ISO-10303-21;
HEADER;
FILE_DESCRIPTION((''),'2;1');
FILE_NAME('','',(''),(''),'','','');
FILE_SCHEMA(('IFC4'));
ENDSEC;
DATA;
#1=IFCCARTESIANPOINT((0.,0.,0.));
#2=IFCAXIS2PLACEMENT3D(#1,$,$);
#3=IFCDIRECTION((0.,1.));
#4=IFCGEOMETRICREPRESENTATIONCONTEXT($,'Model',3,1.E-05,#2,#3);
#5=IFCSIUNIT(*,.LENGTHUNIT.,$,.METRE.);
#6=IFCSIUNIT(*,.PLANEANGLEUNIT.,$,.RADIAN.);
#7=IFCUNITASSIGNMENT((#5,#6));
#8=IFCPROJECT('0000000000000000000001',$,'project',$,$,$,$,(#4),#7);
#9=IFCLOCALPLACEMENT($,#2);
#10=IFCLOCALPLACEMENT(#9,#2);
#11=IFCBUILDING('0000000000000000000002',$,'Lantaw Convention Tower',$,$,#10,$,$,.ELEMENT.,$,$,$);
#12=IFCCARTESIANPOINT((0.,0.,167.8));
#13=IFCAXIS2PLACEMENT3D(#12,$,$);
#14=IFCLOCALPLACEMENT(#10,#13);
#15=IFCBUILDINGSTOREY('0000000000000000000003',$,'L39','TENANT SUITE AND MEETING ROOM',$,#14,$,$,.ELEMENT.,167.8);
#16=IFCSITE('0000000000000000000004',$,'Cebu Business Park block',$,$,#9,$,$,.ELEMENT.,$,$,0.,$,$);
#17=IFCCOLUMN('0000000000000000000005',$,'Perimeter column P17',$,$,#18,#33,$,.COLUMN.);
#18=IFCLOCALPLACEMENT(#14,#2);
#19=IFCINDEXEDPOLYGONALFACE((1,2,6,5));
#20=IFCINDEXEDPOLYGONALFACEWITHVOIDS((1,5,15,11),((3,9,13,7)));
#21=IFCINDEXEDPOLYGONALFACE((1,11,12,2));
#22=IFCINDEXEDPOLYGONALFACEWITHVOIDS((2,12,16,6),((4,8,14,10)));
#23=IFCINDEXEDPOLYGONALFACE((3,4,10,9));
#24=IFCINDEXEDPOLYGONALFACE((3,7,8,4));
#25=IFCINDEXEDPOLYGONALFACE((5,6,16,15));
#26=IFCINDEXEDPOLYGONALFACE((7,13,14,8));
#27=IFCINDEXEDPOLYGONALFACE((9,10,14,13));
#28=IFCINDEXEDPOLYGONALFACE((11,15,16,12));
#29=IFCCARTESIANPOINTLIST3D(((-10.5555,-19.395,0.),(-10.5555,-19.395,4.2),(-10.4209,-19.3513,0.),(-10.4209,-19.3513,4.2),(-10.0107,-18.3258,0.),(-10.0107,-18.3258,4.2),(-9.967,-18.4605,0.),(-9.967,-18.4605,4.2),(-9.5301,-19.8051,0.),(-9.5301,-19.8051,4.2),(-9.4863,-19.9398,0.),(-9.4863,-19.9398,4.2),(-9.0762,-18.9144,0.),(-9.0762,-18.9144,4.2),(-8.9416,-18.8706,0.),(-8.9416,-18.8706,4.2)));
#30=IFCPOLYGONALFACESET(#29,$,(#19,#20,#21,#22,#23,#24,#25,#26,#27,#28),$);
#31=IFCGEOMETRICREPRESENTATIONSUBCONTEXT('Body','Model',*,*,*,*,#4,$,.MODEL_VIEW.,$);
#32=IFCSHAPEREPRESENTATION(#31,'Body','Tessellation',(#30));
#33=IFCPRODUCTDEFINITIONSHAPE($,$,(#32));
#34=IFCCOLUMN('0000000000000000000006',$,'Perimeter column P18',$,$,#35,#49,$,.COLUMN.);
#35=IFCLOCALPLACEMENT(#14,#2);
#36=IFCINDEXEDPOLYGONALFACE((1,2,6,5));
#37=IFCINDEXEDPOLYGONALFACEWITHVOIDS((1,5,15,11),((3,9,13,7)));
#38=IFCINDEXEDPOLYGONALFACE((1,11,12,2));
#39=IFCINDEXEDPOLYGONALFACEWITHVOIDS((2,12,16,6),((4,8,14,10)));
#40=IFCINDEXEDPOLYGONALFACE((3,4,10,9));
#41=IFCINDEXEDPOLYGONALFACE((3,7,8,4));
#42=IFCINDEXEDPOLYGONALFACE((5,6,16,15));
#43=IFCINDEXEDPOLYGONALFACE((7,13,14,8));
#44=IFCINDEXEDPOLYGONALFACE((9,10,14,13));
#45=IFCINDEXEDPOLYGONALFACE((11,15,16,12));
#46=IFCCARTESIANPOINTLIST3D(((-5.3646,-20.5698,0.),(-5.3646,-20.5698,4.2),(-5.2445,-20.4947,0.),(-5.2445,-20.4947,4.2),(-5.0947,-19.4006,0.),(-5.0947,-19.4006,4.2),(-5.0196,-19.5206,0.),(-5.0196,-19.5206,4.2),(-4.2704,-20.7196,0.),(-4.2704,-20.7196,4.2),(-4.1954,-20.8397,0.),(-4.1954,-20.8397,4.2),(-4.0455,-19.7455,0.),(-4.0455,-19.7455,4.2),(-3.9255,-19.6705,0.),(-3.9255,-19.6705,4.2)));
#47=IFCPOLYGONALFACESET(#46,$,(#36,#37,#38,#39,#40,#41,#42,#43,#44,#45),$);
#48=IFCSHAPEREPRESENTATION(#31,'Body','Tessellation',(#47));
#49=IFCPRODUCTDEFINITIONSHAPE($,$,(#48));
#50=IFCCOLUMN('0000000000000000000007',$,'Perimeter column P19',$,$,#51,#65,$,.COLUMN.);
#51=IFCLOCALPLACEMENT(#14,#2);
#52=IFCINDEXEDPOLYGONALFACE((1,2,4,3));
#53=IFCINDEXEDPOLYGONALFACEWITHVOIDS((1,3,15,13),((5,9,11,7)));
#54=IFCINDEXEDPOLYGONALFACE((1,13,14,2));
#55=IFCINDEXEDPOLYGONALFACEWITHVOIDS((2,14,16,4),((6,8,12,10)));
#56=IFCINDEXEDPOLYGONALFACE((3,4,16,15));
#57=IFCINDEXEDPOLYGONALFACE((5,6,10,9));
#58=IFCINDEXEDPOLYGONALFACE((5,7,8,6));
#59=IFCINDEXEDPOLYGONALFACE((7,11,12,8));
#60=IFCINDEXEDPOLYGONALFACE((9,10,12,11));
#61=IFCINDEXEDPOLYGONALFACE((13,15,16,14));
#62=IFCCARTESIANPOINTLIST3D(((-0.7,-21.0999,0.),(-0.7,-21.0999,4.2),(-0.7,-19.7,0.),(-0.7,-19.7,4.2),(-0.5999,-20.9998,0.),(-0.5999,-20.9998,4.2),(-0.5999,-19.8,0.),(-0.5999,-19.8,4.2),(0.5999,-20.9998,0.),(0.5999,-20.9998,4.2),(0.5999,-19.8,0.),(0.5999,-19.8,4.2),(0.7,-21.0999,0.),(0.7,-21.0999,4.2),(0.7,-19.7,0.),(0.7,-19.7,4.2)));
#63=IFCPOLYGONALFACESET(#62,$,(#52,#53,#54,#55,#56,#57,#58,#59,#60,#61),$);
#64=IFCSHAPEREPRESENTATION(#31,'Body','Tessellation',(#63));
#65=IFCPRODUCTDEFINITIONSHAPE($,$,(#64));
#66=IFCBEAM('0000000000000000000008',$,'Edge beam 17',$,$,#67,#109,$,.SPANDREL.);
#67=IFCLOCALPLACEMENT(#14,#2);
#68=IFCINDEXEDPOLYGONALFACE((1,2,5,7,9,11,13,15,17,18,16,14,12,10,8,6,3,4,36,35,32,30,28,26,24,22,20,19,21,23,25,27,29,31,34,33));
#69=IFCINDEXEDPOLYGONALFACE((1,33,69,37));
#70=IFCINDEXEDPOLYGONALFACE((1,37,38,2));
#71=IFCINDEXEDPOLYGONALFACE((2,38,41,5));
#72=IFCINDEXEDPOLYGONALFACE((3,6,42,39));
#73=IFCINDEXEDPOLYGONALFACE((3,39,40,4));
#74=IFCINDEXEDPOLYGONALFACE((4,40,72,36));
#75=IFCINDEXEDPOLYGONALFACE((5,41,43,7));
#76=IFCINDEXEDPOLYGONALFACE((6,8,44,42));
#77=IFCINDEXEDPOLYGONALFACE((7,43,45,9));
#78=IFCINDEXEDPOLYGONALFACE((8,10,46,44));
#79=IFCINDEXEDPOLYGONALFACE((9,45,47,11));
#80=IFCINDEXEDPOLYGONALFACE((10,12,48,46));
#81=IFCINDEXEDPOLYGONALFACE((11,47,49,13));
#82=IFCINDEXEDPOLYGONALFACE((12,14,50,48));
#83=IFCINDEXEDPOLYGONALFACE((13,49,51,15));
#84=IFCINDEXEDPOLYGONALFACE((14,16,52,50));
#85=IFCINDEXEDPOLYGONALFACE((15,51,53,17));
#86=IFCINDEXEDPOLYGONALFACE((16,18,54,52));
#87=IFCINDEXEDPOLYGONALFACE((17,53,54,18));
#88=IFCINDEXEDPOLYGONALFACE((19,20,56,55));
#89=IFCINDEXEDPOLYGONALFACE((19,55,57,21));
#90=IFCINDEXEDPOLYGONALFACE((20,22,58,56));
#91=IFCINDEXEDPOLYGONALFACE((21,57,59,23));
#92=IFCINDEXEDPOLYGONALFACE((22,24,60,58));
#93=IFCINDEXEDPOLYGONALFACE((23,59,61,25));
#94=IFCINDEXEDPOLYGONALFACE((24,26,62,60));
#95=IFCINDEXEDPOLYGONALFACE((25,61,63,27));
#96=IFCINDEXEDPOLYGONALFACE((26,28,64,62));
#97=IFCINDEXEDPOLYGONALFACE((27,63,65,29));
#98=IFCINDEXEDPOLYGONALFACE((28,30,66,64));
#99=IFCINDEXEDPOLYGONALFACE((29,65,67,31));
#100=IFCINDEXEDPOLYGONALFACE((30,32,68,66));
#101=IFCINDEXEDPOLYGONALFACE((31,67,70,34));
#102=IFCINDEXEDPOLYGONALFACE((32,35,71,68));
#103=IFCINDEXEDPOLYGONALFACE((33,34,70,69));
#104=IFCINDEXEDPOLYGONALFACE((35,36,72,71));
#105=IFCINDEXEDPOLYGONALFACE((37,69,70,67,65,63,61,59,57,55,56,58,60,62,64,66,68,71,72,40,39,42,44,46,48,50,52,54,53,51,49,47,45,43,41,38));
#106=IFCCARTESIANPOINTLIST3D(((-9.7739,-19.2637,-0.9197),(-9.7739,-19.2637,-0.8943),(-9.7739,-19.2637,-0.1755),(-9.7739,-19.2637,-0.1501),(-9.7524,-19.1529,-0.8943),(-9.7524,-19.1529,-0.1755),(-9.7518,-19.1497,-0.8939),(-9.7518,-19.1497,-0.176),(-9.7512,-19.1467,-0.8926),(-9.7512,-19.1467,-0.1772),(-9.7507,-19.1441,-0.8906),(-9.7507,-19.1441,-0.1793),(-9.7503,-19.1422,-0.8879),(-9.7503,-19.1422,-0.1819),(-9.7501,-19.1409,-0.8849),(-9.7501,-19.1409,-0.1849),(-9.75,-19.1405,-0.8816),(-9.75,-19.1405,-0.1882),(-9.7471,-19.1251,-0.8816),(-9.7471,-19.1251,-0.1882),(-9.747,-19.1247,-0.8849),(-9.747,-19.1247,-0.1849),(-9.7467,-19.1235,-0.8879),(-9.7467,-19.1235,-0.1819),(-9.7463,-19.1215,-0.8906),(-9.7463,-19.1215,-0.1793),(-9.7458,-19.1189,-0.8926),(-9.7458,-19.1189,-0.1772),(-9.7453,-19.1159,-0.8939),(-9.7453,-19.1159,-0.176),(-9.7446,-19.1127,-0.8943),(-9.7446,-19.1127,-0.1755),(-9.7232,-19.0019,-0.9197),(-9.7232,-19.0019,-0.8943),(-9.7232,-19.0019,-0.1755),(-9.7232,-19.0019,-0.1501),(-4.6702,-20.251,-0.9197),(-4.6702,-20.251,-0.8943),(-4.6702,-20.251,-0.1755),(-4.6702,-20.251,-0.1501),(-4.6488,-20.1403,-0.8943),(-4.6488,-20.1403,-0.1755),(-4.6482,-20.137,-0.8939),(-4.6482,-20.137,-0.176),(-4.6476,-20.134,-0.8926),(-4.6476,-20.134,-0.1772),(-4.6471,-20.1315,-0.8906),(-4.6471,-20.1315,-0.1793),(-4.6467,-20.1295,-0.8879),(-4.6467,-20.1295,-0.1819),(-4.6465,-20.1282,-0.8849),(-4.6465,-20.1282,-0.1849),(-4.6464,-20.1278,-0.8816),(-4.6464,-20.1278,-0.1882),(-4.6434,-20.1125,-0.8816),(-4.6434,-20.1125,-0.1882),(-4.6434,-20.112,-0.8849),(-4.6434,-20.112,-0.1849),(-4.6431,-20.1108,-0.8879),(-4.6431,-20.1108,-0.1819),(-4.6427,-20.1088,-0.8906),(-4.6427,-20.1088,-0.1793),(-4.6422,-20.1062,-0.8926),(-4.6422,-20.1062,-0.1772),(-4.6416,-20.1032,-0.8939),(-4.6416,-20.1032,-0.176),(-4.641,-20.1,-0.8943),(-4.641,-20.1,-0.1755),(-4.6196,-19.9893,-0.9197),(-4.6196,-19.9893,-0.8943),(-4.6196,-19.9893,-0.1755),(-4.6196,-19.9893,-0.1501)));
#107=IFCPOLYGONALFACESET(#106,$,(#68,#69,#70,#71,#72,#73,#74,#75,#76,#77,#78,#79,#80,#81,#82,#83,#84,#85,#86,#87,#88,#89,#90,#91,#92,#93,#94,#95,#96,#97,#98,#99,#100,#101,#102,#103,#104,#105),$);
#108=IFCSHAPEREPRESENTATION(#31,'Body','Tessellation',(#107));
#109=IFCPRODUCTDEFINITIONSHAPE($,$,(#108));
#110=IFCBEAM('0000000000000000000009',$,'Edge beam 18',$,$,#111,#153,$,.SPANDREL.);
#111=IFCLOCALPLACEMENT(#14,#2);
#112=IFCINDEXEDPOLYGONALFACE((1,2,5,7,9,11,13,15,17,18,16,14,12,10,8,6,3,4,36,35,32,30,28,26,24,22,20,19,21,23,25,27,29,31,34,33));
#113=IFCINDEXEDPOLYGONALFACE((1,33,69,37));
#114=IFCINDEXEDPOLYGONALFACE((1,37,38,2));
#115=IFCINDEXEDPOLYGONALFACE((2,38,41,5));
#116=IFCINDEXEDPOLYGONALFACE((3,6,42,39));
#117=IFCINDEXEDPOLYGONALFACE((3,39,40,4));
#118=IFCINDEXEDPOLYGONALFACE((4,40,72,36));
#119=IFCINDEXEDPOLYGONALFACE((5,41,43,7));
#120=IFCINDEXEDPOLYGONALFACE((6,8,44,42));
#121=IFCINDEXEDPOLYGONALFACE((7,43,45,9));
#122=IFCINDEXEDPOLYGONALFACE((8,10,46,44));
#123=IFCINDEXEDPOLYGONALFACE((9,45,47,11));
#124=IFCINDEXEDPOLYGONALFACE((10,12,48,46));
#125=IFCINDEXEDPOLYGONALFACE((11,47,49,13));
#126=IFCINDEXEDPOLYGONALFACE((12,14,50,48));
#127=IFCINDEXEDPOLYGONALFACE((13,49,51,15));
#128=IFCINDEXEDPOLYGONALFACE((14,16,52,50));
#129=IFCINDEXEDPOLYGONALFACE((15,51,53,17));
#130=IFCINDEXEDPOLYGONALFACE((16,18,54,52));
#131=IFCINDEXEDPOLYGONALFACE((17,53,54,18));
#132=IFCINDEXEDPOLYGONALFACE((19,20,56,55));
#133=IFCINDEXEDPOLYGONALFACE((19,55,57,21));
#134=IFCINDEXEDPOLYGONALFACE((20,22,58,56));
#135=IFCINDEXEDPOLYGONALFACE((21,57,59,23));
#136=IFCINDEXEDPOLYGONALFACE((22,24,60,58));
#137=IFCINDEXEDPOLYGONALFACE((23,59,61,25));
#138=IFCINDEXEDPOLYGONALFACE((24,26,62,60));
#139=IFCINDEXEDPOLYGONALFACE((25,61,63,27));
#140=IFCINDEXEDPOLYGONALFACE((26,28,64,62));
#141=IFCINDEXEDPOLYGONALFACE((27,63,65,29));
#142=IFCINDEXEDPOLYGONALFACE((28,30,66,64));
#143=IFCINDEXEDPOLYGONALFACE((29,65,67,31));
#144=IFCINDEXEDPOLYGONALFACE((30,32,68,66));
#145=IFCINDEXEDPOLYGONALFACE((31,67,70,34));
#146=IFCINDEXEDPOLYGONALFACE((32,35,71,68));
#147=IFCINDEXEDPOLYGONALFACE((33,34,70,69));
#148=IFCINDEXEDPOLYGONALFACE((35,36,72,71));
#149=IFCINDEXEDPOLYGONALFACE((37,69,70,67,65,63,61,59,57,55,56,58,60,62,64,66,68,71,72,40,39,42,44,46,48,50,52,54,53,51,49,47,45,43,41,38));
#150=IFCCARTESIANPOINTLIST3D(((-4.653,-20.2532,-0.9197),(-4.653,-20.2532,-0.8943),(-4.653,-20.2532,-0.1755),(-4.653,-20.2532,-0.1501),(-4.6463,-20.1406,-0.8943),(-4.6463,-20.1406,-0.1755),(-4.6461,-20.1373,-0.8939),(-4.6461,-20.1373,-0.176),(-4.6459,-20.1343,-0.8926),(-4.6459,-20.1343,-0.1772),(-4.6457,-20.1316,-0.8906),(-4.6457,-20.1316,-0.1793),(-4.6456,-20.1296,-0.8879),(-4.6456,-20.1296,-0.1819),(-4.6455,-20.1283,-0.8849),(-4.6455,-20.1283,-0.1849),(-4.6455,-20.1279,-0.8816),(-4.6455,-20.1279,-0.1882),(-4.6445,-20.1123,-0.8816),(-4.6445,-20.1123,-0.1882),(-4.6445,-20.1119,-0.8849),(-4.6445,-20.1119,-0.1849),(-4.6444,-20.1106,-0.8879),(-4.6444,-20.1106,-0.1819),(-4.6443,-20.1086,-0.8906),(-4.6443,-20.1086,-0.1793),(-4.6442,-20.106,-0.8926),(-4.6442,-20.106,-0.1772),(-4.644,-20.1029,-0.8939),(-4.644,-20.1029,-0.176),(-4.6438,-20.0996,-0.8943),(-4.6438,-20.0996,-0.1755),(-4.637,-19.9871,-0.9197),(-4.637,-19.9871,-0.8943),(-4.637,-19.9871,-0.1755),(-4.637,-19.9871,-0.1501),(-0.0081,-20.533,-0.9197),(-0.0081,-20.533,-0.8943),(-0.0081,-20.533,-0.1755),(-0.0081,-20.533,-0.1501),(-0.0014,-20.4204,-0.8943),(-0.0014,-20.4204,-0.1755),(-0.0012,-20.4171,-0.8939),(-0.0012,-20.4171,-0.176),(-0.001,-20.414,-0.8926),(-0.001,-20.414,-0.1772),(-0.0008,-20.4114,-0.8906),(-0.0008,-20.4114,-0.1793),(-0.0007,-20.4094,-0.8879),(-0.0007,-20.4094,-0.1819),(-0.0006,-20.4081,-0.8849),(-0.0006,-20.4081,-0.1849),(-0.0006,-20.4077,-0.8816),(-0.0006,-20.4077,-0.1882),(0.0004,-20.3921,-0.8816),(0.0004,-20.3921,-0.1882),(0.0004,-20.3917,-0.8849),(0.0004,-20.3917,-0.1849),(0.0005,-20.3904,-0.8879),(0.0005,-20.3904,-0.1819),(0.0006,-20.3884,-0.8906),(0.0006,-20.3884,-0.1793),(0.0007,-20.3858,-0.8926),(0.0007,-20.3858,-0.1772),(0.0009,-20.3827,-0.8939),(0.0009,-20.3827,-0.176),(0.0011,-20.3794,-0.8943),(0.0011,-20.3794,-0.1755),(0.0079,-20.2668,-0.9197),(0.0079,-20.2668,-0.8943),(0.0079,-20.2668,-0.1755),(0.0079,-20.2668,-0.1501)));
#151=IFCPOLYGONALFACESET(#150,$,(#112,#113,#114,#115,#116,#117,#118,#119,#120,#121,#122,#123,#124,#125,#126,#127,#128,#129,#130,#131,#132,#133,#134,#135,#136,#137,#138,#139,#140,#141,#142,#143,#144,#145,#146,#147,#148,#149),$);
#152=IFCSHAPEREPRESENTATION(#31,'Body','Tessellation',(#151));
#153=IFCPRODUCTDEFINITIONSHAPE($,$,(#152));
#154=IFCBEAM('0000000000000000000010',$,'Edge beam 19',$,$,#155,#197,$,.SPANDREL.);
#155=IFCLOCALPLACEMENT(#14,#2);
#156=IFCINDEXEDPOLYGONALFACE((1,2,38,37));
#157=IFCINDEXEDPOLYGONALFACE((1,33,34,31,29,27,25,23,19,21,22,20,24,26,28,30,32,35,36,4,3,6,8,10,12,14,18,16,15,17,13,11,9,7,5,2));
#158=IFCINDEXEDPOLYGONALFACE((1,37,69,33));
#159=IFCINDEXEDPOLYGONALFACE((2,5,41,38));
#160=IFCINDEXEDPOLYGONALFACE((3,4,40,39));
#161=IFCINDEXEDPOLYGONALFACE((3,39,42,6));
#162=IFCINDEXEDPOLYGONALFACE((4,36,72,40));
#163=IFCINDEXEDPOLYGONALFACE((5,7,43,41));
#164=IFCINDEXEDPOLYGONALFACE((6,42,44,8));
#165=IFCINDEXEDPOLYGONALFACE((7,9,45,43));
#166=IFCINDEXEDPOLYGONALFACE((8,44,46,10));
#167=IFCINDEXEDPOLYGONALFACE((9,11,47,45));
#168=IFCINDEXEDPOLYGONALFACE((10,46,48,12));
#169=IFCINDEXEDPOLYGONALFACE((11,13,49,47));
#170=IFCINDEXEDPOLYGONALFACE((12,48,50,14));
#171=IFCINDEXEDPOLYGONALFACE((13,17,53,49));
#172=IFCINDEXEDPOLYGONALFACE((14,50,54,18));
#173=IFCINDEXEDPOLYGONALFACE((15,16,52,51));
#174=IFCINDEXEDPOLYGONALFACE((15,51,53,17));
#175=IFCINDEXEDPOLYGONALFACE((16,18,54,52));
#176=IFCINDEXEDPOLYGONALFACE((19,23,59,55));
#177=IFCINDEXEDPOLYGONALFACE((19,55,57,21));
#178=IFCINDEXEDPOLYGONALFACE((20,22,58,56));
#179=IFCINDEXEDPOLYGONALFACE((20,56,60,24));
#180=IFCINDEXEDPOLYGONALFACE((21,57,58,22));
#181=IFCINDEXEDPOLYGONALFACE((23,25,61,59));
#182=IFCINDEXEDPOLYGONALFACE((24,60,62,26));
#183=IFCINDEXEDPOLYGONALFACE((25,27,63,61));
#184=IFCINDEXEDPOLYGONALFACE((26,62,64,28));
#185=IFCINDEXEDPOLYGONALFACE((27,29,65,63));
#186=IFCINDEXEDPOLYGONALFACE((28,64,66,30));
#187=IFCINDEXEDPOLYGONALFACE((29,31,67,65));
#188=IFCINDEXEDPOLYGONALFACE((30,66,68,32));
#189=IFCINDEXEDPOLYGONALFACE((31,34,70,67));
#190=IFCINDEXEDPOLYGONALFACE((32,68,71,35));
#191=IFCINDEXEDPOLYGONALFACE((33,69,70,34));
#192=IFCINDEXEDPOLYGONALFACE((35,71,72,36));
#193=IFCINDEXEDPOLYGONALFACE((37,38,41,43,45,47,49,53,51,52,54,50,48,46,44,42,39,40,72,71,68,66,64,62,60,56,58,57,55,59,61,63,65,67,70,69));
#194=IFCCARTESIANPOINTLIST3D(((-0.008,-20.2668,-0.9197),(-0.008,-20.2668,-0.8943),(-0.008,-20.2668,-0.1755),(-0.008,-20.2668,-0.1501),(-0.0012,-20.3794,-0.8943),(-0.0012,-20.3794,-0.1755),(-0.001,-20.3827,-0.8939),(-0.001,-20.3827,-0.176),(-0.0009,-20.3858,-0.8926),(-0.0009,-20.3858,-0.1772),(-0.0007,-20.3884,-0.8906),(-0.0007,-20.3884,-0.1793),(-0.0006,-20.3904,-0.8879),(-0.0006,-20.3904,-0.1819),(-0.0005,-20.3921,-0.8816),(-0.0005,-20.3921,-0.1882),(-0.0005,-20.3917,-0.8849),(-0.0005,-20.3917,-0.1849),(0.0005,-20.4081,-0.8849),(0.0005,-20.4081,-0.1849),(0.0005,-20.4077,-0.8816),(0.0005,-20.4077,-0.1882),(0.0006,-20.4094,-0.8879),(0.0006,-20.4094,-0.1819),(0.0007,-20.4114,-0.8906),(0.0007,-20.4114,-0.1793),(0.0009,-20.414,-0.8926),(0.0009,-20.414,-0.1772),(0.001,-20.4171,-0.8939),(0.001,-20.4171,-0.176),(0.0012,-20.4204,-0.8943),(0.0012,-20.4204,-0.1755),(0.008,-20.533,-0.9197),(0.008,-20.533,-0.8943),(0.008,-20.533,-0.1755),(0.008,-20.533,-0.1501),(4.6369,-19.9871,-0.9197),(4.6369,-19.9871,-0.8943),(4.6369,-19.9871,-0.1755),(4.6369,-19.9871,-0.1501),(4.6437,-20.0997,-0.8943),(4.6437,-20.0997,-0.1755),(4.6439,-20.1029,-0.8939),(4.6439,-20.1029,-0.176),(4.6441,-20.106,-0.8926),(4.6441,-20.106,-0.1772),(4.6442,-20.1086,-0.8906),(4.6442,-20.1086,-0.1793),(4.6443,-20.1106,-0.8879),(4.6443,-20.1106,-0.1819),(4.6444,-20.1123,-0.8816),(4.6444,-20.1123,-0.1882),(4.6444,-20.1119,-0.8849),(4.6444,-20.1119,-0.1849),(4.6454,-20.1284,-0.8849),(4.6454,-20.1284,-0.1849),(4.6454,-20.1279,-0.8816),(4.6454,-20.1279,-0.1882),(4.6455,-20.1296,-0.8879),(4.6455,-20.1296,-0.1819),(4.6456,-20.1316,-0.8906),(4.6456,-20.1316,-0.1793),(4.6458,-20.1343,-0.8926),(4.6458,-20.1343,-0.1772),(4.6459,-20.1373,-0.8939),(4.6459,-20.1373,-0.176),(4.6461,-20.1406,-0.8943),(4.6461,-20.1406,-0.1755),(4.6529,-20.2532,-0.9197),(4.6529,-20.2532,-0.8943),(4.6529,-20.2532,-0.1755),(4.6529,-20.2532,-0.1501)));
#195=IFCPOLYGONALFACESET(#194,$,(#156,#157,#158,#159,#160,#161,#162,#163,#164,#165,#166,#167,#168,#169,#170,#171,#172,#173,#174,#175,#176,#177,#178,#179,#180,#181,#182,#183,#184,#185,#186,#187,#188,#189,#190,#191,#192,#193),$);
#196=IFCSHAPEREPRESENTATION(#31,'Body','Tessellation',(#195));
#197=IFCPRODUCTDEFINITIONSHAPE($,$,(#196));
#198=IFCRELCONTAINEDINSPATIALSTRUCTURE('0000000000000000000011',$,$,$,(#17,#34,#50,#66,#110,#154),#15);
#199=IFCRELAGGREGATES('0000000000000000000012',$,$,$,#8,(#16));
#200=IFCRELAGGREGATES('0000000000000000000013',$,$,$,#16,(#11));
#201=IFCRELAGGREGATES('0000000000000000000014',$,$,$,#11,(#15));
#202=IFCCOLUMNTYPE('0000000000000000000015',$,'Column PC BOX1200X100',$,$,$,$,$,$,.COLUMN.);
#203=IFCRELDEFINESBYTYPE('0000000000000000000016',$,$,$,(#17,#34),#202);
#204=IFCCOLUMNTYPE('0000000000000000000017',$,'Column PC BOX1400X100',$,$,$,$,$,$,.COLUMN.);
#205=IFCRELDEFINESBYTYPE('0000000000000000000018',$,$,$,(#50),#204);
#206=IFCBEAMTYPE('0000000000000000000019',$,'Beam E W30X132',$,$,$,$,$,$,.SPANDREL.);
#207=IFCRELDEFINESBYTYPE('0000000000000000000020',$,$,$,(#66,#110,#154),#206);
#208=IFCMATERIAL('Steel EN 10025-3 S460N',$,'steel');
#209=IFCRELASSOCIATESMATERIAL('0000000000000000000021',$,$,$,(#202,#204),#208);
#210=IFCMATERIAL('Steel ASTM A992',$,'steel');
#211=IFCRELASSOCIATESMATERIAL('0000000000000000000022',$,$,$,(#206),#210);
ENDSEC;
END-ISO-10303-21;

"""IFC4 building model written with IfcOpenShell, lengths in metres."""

from ifc_helpers import new_model, si_unit, direction, frame, origin, origin_2d, place, context, subcontext, project, spatial, rectangle, hollow_rectangle, i_section, extrude, material, material_profile, profile_set, type_object, element, save


model = new_model("IFC4")

# Units and contexts
model_context = context("Model", 3, precision=1e-05, world=origin(), true_north=direction((0.0, 1.0)))
body_context = subcontext(model_context, "Body", "Model", "MODEL_VIEW")
ifc_project = project(units=[si_unit("LENGTHUNIT", "METRE"), si_unit("PLANEANGLEUNIT", "RADIAN")], contexts=[model_context])

# Site, building, storey
site_placement = place(None, origin())
site = spatial("IfcSite", under=ifc_project, at=site_placement, Name="Cebu Business Park block", CompositionType="ELEMENT", RefElevation=0.0)
building_placement = place(site_placement, origin())
building = spatial("IfcBuilding", under=site, at=building_placement, Name="Lantaw Convention Tower", CompositionType="ELEMENT")
storey_placement = place(building_placement, frame((0.0, 0.0, 167.8)))
storey = spatial("IfcBuildingStorey", under=building, at=storey_placement, Name="L39", Description="TENANT SUITE AND MEETING ROOM", CompositionType="ELEMENT", Elevation=167.8)

# Columns
ifc_material_1 = material(Name="Steel EN 10025-3 S460N", Category="steel")
ifc_material_profile_1 = material_profile(ifc_material_1, hollow_rectangle(XDim=1.2, YDim=1.2, WallThickness=0.1001, at=origin_2d()), Name="BOX1200X100")
ifc_material_2 = material(Name="Concrete C60/75", Category="concrete")
ifc_material_profile_2 = material_profile(ifc_material_2, rectangle(XDim=1.0, YDim=1.0, at=origin_2d()), Name="Concrete fill of BOX1200X100")
ifc_profile_set_1 = profile_set([ifc_material_profile_1, ifc_material_profile_2], Name="Steel EN 10025-3 S460N")
column_type_1 = type_object("IfcColumnType", Name="Column PC BOX1200X100", PredefinedType="COLUMN", material=ifc_profile_set_1)
for number, where, z_axis, x_axis, name in (
    (1, (-9.7485, -19.1328, 0.0), (0.0, 0.0, 1.0), (0.45399, 0.891007, 0.0), "Perimeter column P17"),
    (2, (-4.645, -20.1201, 0.0), (0.0, 0.0, 1.0), (0.224951, 0.97437, 0.0), "Perimeter column P18"),
):
    element("IfcColumn", number, at=place(storey_placement, frame(where, z_axis=z_axis, x_axis=x_axis)), inside=storey, type_object=column_type_1, Name=name, PredefinedType="COLUMN", context=body_context, shape_type="SweptSolid", body=[
        extrude(hollow_rectangle(XDim=1.2, YDim=1.2, WallThickness=0.1001, at=origin_2d()), origin(), (0.0, 0.0, 1.0), 4.2),
    ])
ifc_material_profile_3 = material_profile(ifc_material_1, hollow_rectangle(XDim=1.3999, YDim=1.3999, WallThickness=0.1001, at=origin_2d()), Name="BOX1400X100")
ifc_material_profile_4 = material_profile(ifc_material_2, rectangle(XDim=1.2, YDim=1.2, at=origin_2d()), Name="Concrete fill of BOX1400X100")
ifc_profile_set_2 = profile_set([ifc_material_profile_3, ifc_material_profile_4], Name="Steel EN 10025-3 S460N")
column_type_2 = type_object("IfcColumnType", Name="Column PC BOX1400X100", PredefinedType="COLUMN", material=ifc_profile_set_2)
column_placement = place(storey_placement, frame((0.0, -20.3999, 0.0), z_axis=(0.0, 0.0, 1.0), x_axis=(1.0, 0.0, 0.0)))
element("IfcColumn", 3, at=column_placement, inside=storey, type_object=column_type_2, Name="Perimeter column P19", PredefinedType="COLUMN", context=body_context, shape_type="SweptSolid", body=[
    extrude(hollow_rectangle(XDim=1.3999, YDim=1.3999, WallThickness=0.1001, at=origin_2d()), origin(), (0.0, 0.0, 1.0), 4.2),
])

# Beams
ifc_material_3 = material(Name="Steel ASTM A992", Category="steel")
ifc_material_profile_5 = material_profile(ifc_material_3, i_section(OverallWidth=0.2666, OverallDepth=0.7695, WebThickness=0.0156, FlangeThickness=0.0254, FilletRadius=0.0127, at=origin_2d()), Name="W30X132")
ifc_profile_set_3 = profile_set([ifc_material_profile_5], Name="Steel ASTM A992")
beam_type_1 = type_object("IfcBeamType", Name="Beam E W30X132", PredefinedType="SPANDREL", material=ifc_profile_set_3)
beam_1_placement = place(storey_placement, frame((-9.7485, -19.1328, -0.5349), z_axis=(0.981797, -0.189934, 0.0), x_axis=(0.189934, 0.981797, 0.0)))
element("IfcBeam", 4, at=beam_1_placement, inside=storey, type_object=beam_type_1, Name="Edge beam 17", PredefinedType="SPANDREL", context=body_context, shape_type="SweptSolid", body=[
    extrude(i_section(OverallWidth=0.2666, OverallDepth=0.7695, WebThickness=0.0156, FlangeThickness=0.0254, FilletRadius=0.0127, at=origin_2d()), origin(), (0.0, 0.0, 1.0), 5.1982),
])
for number, where, z_axis, x_axis, name in (
    (5, (-4.645, -20.1201, -0.5349), (0.998191, -0.060124, 0.0), (0.060124, 0.998191, 0.0), "Edge beam 18"),
    (6, (0.0, -20.3999, -0.5349), (0.998191, 0.060124, 0.0), (-0.060124, 0.998191, 0.0), "Edge beam 19"),
):
    element("IfcBeam", number, at=place(storey_placement, frame(where, z_axis=z_axis, x_axis=x_axis)), inside=storey, type_object=beam_type_1, Name=name, PredefinedType="SPANDREL", context=body_context, shape_type="SweptSolid", body=[
        extrude(i_section(OverallWidth=0.2666, OverallDepth=0.7695, WebThickness=0.0156, FlangeThickness=0.0254, FilletRadius=0.0127, at=origin_2d()), origin(), (0.0, 0.0, 1.0), 4.6533),
    ])

save(model, "model.ifc")
